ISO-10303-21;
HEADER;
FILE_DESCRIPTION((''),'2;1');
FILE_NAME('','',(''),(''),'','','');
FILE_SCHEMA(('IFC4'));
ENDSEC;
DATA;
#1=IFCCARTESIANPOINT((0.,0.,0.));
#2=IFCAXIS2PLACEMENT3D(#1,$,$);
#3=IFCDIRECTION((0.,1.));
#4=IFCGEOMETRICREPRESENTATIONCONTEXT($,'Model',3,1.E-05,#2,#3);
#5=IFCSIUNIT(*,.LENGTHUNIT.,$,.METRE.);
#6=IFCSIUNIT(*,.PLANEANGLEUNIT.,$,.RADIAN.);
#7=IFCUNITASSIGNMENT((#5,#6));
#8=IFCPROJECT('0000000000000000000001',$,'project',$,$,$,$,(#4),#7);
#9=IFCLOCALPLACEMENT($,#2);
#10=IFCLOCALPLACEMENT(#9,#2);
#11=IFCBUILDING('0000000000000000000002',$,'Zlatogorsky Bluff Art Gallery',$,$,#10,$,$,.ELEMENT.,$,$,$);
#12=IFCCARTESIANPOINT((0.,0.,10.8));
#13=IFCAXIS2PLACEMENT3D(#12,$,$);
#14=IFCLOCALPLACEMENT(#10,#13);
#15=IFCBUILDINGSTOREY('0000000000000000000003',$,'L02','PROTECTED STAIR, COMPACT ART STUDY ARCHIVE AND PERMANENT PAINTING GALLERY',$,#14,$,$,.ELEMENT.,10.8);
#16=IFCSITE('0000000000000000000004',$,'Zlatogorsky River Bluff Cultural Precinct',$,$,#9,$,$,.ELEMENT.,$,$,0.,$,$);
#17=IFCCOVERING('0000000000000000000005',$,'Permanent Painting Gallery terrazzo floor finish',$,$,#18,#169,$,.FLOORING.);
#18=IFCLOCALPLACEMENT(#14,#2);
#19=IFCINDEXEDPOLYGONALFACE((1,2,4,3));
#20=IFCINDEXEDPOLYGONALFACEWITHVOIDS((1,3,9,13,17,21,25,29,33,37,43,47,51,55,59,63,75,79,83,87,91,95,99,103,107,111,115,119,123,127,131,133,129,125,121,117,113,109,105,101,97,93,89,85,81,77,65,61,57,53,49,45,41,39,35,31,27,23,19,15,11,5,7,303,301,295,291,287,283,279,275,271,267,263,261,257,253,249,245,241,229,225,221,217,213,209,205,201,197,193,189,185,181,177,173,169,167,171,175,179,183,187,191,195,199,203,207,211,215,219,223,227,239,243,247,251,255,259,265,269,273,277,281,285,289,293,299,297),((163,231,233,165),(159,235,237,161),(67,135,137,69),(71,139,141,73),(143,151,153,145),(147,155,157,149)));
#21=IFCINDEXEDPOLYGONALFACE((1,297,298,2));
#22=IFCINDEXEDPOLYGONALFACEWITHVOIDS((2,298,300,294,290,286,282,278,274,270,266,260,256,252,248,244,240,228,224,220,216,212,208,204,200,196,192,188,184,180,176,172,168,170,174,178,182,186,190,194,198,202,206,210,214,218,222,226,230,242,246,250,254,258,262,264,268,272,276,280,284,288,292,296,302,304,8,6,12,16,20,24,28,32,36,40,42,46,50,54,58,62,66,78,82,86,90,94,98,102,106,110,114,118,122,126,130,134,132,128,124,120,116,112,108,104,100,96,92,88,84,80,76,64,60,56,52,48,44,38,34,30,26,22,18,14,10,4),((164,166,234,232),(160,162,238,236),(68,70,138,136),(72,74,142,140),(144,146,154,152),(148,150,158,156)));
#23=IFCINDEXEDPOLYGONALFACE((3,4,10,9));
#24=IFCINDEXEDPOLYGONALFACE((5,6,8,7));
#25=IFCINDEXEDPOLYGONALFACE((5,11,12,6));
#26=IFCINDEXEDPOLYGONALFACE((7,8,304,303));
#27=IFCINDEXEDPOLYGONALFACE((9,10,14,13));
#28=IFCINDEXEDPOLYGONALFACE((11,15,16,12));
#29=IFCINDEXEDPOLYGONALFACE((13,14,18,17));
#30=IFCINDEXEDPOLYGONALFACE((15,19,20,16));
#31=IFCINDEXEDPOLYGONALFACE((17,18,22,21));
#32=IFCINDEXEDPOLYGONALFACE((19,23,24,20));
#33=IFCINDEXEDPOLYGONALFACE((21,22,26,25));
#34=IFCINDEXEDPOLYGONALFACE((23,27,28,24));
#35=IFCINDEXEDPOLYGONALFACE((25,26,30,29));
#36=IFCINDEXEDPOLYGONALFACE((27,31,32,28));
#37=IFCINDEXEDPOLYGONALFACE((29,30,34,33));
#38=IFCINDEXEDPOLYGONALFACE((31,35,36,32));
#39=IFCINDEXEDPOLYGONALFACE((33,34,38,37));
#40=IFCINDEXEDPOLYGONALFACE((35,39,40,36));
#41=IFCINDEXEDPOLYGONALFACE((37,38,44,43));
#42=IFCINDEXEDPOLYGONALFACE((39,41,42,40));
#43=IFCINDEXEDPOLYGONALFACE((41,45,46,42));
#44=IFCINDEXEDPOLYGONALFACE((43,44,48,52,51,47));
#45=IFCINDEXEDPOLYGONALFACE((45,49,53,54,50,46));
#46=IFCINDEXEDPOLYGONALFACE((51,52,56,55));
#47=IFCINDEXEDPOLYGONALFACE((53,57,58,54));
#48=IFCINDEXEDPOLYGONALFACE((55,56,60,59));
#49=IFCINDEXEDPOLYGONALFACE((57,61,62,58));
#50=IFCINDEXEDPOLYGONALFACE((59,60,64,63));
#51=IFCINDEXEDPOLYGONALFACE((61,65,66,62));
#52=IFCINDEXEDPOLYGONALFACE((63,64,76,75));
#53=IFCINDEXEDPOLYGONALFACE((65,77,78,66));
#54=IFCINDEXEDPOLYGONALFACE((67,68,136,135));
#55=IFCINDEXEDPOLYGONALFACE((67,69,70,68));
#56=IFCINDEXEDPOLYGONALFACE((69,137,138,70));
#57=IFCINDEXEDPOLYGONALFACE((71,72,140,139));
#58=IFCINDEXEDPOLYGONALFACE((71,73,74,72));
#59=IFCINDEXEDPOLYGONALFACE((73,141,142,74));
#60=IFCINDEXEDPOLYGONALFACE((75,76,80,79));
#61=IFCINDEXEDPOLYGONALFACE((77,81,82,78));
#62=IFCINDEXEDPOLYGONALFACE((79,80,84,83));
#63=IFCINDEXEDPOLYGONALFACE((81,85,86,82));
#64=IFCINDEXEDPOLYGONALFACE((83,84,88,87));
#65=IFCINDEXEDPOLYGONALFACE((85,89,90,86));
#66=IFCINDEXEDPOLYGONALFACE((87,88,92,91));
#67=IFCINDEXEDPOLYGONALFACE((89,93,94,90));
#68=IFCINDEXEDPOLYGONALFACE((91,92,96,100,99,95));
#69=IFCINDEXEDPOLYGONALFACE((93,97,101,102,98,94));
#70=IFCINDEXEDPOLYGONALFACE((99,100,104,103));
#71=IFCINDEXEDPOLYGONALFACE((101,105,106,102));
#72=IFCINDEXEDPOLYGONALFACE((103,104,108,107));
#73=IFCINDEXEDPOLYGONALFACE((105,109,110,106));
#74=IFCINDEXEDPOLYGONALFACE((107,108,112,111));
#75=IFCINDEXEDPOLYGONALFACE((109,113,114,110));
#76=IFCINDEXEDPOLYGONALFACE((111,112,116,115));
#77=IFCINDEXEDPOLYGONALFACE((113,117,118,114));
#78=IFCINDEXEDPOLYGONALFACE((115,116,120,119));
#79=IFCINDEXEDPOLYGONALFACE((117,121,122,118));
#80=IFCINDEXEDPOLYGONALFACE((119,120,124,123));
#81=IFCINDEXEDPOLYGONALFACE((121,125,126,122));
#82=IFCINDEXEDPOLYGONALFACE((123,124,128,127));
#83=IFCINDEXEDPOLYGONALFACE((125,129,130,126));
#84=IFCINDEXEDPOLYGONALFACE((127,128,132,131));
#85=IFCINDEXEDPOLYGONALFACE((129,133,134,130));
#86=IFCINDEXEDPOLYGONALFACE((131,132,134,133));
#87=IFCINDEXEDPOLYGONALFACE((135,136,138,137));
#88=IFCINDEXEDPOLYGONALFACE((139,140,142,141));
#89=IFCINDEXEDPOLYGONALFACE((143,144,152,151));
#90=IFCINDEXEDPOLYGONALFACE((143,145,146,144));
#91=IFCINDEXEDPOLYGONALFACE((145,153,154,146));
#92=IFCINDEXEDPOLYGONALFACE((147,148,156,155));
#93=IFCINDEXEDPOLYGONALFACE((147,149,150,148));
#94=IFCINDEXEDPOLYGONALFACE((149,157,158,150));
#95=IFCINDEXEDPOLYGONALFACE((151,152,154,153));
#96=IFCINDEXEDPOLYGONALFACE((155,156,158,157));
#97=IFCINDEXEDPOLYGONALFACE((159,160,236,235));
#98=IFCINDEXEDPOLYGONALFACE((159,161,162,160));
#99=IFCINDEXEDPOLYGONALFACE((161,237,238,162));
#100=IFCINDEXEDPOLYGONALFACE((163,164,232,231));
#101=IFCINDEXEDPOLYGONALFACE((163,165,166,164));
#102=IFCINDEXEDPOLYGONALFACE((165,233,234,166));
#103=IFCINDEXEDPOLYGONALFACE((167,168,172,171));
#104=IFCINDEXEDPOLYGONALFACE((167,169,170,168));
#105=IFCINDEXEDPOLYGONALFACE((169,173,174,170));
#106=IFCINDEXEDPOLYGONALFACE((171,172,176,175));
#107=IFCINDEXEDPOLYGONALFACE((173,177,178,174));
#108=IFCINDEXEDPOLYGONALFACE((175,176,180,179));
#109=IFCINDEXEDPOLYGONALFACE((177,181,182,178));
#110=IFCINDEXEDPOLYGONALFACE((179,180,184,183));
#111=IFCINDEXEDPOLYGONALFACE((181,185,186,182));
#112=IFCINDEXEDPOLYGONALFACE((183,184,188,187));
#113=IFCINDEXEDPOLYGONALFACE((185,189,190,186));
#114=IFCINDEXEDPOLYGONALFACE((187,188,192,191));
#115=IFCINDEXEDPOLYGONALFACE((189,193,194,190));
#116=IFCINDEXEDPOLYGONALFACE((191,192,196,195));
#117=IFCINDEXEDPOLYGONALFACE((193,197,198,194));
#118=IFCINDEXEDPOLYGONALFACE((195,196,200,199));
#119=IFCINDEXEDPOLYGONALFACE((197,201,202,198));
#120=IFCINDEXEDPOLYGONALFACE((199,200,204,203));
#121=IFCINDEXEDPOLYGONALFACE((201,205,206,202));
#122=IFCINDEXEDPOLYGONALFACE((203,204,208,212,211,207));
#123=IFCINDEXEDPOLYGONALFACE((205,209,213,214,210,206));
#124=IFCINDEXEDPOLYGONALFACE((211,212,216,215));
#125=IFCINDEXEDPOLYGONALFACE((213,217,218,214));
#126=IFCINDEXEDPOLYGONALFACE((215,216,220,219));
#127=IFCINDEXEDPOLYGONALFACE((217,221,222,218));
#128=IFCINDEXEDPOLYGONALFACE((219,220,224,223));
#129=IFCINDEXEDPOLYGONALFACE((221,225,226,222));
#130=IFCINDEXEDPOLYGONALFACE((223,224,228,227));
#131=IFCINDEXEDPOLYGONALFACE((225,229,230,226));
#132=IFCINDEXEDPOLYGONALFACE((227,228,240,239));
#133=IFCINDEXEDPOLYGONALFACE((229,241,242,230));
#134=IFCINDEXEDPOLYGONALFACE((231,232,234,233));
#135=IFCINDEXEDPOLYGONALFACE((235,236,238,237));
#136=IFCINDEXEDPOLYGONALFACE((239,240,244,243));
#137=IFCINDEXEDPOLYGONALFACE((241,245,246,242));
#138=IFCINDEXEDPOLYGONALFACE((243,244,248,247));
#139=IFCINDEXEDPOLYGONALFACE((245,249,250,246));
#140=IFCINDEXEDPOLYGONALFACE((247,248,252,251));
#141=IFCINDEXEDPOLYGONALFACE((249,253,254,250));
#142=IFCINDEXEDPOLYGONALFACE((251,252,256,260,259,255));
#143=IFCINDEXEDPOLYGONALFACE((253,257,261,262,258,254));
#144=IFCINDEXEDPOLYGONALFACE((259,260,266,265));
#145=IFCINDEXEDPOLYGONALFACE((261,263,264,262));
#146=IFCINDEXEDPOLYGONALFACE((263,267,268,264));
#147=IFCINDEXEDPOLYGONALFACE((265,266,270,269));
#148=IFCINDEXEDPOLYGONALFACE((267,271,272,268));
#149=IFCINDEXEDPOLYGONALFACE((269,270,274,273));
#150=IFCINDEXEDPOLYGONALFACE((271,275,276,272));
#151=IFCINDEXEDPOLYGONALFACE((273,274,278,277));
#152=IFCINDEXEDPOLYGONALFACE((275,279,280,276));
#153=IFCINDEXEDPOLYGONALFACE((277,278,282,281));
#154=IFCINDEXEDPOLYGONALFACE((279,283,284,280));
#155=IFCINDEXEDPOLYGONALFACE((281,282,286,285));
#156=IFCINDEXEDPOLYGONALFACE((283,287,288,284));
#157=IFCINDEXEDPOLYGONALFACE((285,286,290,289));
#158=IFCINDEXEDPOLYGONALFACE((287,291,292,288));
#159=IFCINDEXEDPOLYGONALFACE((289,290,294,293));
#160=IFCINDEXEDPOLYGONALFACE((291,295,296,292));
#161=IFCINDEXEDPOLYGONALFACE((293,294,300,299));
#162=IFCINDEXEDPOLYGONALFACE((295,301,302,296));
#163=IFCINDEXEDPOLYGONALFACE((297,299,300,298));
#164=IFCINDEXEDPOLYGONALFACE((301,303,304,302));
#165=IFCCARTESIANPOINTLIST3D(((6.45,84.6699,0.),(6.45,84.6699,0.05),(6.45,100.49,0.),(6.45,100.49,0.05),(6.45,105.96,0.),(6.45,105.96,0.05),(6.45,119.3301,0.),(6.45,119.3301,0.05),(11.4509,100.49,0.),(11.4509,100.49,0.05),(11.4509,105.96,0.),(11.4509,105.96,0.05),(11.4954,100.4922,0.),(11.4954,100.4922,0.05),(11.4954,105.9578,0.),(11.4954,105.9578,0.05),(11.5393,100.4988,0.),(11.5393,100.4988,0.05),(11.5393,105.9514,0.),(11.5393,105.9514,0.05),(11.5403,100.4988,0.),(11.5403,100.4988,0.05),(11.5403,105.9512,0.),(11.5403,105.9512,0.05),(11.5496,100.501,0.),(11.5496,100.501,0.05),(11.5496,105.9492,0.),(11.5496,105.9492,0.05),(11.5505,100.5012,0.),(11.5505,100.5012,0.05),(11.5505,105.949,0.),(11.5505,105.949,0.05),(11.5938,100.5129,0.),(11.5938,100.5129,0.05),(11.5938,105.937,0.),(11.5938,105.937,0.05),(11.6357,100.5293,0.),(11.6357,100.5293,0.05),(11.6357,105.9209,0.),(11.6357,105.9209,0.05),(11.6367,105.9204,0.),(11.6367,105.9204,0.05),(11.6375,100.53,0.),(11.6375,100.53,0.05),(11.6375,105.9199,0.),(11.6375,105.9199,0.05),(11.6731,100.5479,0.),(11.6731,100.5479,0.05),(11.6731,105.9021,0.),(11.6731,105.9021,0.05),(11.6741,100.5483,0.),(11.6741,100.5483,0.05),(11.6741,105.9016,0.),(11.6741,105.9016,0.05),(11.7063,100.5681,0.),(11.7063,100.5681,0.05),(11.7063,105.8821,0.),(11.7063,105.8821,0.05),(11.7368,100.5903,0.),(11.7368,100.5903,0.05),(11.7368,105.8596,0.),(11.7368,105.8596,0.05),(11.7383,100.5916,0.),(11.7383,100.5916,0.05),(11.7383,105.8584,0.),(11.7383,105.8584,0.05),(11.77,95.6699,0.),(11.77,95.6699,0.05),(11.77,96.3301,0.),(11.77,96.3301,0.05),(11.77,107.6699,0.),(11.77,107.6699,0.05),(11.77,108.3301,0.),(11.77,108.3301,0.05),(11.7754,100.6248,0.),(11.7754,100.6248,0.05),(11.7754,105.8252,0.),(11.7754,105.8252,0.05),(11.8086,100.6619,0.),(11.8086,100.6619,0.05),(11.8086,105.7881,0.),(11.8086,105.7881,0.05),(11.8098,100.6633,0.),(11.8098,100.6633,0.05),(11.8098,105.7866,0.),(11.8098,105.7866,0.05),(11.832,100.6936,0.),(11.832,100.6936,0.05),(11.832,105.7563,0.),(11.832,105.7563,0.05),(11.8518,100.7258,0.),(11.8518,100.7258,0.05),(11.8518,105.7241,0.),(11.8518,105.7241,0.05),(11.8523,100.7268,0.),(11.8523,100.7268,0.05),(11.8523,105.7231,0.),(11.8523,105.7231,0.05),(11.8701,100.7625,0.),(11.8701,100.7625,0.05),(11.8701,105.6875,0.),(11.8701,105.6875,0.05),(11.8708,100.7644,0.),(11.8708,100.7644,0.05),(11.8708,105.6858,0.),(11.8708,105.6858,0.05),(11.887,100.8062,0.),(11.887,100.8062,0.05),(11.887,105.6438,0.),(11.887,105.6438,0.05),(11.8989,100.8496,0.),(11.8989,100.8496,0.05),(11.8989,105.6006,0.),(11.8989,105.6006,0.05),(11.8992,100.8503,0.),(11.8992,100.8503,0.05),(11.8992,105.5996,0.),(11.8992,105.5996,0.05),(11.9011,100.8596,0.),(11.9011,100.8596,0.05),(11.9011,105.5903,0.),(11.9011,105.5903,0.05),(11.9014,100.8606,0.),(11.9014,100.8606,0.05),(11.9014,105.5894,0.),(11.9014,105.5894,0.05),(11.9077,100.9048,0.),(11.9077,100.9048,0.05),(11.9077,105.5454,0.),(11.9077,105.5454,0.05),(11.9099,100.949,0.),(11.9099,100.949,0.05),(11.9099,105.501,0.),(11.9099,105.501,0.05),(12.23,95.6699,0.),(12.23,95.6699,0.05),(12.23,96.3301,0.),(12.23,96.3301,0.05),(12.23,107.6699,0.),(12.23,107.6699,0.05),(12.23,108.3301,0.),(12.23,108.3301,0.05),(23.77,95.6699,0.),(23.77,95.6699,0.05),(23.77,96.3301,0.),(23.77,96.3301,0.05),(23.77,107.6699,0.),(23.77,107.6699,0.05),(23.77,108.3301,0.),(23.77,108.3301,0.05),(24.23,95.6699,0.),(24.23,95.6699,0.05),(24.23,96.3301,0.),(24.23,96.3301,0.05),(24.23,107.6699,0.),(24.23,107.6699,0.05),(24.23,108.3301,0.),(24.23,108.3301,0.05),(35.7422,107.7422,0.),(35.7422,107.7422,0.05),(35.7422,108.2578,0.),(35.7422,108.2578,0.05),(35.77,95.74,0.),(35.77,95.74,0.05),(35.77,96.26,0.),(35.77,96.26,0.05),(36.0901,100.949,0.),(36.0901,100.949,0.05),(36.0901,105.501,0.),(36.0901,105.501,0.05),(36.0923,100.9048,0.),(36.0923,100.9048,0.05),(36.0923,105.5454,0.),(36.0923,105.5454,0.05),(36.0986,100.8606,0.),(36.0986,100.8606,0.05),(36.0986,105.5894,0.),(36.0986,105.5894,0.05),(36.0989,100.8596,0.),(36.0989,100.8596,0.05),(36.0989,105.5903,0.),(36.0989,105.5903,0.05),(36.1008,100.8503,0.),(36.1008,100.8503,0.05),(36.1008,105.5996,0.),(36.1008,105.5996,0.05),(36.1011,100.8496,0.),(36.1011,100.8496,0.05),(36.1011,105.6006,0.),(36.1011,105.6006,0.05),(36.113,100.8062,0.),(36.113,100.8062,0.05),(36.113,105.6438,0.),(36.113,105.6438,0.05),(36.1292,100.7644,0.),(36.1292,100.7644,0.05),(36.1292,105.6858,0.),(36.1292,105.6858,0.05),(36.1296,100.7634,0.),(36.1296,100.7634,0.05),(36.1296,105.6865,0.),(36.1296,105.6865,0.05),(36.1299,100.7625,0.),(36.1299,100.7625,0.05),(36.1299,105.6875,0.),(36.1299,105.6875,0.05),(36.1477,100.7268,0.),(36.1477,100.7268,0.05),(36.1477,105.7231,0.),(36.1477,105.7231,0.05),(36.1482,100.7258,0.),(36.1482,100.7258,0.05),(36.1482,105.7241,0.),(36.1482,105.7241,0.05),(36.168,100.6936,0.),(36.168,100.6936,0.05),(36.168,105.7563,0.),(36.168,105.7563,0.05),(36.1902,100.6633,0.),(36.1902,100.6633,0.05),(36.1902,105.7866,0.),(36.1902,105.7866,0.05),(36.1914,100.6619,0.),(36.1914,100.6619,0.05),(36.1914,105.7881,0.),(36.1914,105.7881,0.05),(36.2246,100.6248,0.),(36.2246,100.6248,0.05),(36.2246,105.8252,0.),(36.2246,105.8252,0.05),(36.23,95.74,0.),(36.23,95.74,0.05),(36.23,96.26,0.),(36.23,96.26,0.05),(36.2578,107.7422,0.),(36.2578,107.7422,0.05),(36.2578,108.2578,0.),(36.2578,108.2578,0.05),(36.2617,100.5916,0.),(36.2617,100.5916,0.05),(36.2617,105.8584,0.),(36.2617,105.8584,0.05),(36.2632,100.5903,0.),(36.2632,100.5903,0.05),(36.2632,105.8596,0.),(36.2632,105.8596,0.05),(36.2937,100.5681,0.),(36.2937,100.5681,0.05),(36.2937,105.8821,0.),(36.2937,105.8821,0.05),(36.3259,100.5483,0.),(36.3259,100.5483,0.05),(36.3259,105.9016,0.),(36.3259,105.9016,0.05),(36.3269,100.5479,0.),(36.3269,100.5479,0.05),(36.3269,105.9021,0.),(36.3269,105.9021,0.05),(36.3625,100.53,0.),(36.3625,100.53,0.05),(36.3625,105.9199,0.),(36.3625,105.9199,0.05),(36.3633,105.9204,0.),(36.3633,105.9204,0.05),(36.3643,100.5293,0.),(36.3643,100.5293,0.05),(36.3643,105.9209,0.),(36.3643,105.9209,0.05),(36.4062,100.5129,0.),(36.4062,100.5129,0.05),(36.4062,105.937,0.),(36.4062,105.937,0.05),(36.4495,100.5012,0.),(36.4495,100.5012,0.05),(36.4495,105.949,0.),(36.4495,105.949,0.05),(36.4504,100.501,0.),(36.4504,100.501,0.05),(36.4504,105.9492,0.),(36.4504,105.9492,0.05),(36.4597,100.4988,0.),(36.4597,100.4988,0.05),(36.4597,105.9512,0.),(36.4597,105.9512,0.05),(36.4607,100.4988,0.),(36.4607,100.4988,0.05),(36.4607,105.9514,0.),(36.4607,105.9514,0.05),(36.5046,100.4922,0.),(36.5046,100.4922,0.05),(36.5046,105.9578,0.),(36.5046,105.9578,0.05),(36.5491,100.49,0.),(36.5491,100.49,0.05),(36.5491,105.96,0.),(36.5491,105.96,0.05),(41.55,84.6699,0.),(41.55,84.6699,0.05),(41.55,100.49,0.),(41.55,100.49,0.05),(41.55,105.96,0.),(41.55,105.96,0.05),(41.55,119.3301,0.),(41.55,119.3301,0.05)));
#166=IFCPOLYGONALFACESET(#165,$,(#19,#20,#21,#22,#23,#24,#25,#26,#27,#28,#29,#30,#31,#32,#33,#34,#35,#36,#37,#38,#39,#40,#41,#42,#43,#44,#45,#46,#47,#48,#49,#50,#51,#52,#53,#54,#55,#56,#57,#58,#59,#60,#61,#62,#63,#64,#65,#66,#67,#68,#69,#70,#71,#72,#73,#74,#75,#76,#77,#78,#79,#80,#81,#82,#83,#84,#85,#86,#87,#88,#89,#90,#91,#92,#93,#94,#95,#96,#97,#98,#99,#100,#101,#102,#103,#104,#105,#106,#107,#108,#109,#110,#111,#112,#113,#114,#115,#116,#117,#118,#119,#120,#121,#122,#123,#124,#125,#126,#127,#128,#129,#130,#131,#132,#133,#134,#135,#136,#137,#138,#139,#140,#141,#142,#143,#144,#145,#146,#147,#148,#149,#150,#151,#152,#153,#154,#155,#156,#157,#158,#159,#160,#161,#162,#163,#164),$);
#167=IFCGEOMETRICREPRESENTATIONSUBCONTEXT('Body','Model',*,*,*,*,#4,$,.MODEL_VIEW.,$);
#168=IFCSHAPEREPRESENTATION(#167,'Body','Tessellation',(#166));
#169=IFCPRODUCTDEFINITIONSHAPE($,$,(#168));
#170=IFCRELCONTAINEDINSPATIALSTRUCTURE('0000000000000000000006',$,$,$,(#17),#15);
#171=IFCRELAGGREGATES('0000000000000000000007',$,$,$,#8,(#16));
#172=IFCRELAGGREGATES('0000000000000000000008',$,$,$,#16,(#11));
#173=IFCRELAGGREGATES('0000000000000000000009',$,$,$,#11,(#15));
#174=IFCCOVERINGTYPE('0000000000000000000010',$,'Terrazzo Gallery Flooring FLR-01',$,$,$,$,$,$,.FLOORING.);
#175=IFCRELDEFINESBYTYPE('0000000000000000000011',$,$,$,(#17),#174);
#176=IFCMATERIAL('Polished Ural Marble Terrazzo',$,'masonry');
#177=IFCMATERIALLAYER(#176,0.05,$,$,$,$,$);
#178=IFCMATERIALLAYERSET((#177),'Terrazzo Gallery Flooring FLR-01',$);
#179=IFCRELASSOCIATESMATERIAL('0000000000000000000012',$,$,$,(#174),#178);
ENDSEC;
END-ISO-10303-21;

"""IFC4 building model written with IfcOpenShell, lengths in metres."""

from ifc_helpers import new_model, si_unit, direction, frame, origin, place, context, subcontext, project, spatial, polyline, outline, extrude, material, layer, layer_set, type_object, element, save


model = new_model("IFC4")

# Units and contexts
model_context = context("Model", 3, precision=1e-05, world=origin(), true_north=direction((0.0, 1.0)))
body_context = subcontext(model_context, "Body", "Model", "MODEL_VIEW")
ifc_project = project(units=[si_unit("LENGTHUNIT", "METRE"), si_unit("PLANEANGLEUNIT", "RADIAN")], contexts=[model_context])

# Site, building, storey
site_placement = place(None, origin())
site = spatial("IfcSite", under=ifc_project, at=site_placement, Name="Zlatogorsky River Bluff Cultural Precinct", CompositionType="ELEMENT", RefElevation=0.0)
building_placement = place(site_placement, origin())
building = spatial("IfcBuilding", under=site, at=building_placement, Name="Zlatogorsky Bluff Art Gallery", CompositionType="ELEMENT")
storey_placement = place(building_placement, frame((0.0, 0.0, 10.8)))
storey = spatial("IfcBuildingStorey", under=building, at=storey_placement, Name="L02", Description="PROTECTED STAIR, COMPACT ART STUDY ARCHIVE AND PERMANENT PAINTING GALLERY", CompositionType="ELEMENT", Elevation=10.8)

# Covering
ifc_material_1 = material(Name="Polished Ural Marble Terrazzo", Category="masonry")
ifc_layer_1 = layer(ifc_material_1, 0.05)
ifc_layer_set_1 = layer_set([ifc_layer_1], Name="Terrazzo Gallery Flooring FLR-01")
covering_type_1 = type_object("IfcCoveringType", Name="Terrazzo Gallery Flooring FLR-01", PredefinedType="FLOORING", material=ifc_layer_set_1)
covering_1_placement = place(storey_placement, origin())
element("IfcCovering", 1, at=covering_1_placement, inside=storey, type_object=covering_type_1, Name="Permanent Painting Gallery terrazzo floor finish", PredefinedType="FLOORING", context=body_context, shape_type="SweptSolid", body=[
    extrude(outline(polyline([(6.45, 100.49), (11.4509, 100.49), (11.4954, 100.4922), (11.5393, 100.4988), (11.5403, 100.4988), (11.5496, 100.501), (11.5505, 100.5012), (11.5938, 100.5129), (11.6357, 100.5293), (11.6375, 100.53), (11.6731, 100.5479), (11.6741, 100.5483), (11.7063, 100.5681), (11.7368, 100.5903), (11.7383, 100.5916), (11.7754, 100.6248), (11.8086, 100.6619), (11.8098, 100.6633), (11.832, 100.6936), (11.8518, 100.7258), (11.8523, 100.7268), (11.8701, 100.7625), (11.8708, 100.7644), (11.887, 100.8062), (11.8989, 100.8496), (11.8992, 100.8503), (11.9011, 100.8596), (11.9014, 100.8606), (11.9077, 100.9048), (11.9099, 100.949), (11.9099, 105.501), (11.9077, 105.5454), (11.9014, 105.5894), (11.9011, 105.5903), (11.8992, 105.5996), (11.8989, 105.6006), (11.887, 105.6438), (11.8708, 105.6858), (11.8701, 105.6875), (11.8523, 105.7231), (11.8518, 105.7241), (11.832, 105.7563), (11.8098, 105.7866), (11.8086, 105.7881), (11.7754, 105.8252), (11.7383, 105.8584), (11.7368, 105.8596), (11.7063, 105.8821), (11.6741, 105.9016), (11.6731, 105.9021), (11.6375, 105.9199), (11.6367, 105.9204), (11.6357, 105.9209), (11.5938, 105.937), (11.5505, 105.949), (11.5496, 105.9492), (11.5403, 105.9512), (11.5393, 105.9514), (11.4954, 105.9578), (11.4509, 105.96), (6.45, 105.96), (6.45, 119.3301), (41.55, 119.3301), (41.55, 105.96), (36.5491, 105.96), (36.5046, 105.9578), (36.4607, 105.9514), (36.4597, 105.9512), (36.4504, 105.9492), (36.4495, 105.949), (36.4062, 105.937), (36.3643, 105.9209), (36.3633, 105.9204), (36.3625, 105.9199), (36.3269, 105.9021), (36.3259, 105.9016), (36.2937, 105.8821), (36.2632, 105.8596), (36.2617, 105.8584), (36.2246, 105.8252), (36.1914, 105.7881), (36.1902, 105.7866), (36.168, 105.7563), (36.1482, 105.7241), (36.1477, 105.7231), (36.1299, 105.6875), (36.1296, 105.6865), (36.1292, 105.6858), (36.113, 105.6438), (36.1011, 105.6006), (36.1008, 105.5996), (36.0989, 105.5903), (36.0986, 105.5894), (36.0923, 105.5454), (36.0901, 105.501), (36.0901, 100.949), (36.0923, 100.9048), (36.0986, 100.8606), (36.0989, 100.8596), (36.1008, 100.8503), (36.1011, 100.8496), (36.113, 100.8062), (36.1292, 100.7644), (36.1296, 100.7634), (36.1299, 100.7625), (36.1477, 100.7268), (36.1482, 100.7258), (36.168, 100.6936), (36.1902, 100.6633), (36.1914, 100.6619), (36.2246, 100.6248), (36.2617, 100.5916), (36.2632, 100.5903), (36.2937, 100.5681), (36.3259, 100.5483), (36.3269, 100.5479), (36.3625, 100.53), (36.3643, 100.5293), (36.4062, 100.5129), (36.4495, 100.5012), (36.4504, 100.501), (36.4597, 100.4988), (36.4607, 100.4988), (36.5046, 100.4922), (36.5491, 100.49), (41.55, 100.49), (41.55, 84.6699), (6.45, 84.6699), (6.45, 100.49)]), holes=[polyline([(36.23, 95.74), (36.23, 96.26), (35.77, 96.26), (35.77, 95.74), (36.23, 95.74)]), polyline([(23.77, 95.6699), (24.23, 95.6699), (24.23, 96.3301), (23.77, 96.3301), (23.77, 95.6699)]), polyline([(11.77, 95.6699), (12.23, 95.6699), (12.23, 96.3301), (11.77, 96.3301), (11.77, 95.6699)]), polyline([(23.77, 107.6699), (24.23, 107.6699), (24.23, 108.3301), (23.77, 108.3301), (23.77, 107.6699)]), polyline([(11.77, 107.6699), (12.23, 107.6699), (12.23, 108.3301), (11.77, 108.3301), (11.77, 107.6699)]), polyline([(35.7422, 107.7422), (36.2578, 107.7422), (36.2578, 108.2578), (35.7422, 108.2578), (35.7422, 107.7422)])]), origin(), (0.0, 0.0, 1.0), 0.05),
])

save(model, "model.ifc")
